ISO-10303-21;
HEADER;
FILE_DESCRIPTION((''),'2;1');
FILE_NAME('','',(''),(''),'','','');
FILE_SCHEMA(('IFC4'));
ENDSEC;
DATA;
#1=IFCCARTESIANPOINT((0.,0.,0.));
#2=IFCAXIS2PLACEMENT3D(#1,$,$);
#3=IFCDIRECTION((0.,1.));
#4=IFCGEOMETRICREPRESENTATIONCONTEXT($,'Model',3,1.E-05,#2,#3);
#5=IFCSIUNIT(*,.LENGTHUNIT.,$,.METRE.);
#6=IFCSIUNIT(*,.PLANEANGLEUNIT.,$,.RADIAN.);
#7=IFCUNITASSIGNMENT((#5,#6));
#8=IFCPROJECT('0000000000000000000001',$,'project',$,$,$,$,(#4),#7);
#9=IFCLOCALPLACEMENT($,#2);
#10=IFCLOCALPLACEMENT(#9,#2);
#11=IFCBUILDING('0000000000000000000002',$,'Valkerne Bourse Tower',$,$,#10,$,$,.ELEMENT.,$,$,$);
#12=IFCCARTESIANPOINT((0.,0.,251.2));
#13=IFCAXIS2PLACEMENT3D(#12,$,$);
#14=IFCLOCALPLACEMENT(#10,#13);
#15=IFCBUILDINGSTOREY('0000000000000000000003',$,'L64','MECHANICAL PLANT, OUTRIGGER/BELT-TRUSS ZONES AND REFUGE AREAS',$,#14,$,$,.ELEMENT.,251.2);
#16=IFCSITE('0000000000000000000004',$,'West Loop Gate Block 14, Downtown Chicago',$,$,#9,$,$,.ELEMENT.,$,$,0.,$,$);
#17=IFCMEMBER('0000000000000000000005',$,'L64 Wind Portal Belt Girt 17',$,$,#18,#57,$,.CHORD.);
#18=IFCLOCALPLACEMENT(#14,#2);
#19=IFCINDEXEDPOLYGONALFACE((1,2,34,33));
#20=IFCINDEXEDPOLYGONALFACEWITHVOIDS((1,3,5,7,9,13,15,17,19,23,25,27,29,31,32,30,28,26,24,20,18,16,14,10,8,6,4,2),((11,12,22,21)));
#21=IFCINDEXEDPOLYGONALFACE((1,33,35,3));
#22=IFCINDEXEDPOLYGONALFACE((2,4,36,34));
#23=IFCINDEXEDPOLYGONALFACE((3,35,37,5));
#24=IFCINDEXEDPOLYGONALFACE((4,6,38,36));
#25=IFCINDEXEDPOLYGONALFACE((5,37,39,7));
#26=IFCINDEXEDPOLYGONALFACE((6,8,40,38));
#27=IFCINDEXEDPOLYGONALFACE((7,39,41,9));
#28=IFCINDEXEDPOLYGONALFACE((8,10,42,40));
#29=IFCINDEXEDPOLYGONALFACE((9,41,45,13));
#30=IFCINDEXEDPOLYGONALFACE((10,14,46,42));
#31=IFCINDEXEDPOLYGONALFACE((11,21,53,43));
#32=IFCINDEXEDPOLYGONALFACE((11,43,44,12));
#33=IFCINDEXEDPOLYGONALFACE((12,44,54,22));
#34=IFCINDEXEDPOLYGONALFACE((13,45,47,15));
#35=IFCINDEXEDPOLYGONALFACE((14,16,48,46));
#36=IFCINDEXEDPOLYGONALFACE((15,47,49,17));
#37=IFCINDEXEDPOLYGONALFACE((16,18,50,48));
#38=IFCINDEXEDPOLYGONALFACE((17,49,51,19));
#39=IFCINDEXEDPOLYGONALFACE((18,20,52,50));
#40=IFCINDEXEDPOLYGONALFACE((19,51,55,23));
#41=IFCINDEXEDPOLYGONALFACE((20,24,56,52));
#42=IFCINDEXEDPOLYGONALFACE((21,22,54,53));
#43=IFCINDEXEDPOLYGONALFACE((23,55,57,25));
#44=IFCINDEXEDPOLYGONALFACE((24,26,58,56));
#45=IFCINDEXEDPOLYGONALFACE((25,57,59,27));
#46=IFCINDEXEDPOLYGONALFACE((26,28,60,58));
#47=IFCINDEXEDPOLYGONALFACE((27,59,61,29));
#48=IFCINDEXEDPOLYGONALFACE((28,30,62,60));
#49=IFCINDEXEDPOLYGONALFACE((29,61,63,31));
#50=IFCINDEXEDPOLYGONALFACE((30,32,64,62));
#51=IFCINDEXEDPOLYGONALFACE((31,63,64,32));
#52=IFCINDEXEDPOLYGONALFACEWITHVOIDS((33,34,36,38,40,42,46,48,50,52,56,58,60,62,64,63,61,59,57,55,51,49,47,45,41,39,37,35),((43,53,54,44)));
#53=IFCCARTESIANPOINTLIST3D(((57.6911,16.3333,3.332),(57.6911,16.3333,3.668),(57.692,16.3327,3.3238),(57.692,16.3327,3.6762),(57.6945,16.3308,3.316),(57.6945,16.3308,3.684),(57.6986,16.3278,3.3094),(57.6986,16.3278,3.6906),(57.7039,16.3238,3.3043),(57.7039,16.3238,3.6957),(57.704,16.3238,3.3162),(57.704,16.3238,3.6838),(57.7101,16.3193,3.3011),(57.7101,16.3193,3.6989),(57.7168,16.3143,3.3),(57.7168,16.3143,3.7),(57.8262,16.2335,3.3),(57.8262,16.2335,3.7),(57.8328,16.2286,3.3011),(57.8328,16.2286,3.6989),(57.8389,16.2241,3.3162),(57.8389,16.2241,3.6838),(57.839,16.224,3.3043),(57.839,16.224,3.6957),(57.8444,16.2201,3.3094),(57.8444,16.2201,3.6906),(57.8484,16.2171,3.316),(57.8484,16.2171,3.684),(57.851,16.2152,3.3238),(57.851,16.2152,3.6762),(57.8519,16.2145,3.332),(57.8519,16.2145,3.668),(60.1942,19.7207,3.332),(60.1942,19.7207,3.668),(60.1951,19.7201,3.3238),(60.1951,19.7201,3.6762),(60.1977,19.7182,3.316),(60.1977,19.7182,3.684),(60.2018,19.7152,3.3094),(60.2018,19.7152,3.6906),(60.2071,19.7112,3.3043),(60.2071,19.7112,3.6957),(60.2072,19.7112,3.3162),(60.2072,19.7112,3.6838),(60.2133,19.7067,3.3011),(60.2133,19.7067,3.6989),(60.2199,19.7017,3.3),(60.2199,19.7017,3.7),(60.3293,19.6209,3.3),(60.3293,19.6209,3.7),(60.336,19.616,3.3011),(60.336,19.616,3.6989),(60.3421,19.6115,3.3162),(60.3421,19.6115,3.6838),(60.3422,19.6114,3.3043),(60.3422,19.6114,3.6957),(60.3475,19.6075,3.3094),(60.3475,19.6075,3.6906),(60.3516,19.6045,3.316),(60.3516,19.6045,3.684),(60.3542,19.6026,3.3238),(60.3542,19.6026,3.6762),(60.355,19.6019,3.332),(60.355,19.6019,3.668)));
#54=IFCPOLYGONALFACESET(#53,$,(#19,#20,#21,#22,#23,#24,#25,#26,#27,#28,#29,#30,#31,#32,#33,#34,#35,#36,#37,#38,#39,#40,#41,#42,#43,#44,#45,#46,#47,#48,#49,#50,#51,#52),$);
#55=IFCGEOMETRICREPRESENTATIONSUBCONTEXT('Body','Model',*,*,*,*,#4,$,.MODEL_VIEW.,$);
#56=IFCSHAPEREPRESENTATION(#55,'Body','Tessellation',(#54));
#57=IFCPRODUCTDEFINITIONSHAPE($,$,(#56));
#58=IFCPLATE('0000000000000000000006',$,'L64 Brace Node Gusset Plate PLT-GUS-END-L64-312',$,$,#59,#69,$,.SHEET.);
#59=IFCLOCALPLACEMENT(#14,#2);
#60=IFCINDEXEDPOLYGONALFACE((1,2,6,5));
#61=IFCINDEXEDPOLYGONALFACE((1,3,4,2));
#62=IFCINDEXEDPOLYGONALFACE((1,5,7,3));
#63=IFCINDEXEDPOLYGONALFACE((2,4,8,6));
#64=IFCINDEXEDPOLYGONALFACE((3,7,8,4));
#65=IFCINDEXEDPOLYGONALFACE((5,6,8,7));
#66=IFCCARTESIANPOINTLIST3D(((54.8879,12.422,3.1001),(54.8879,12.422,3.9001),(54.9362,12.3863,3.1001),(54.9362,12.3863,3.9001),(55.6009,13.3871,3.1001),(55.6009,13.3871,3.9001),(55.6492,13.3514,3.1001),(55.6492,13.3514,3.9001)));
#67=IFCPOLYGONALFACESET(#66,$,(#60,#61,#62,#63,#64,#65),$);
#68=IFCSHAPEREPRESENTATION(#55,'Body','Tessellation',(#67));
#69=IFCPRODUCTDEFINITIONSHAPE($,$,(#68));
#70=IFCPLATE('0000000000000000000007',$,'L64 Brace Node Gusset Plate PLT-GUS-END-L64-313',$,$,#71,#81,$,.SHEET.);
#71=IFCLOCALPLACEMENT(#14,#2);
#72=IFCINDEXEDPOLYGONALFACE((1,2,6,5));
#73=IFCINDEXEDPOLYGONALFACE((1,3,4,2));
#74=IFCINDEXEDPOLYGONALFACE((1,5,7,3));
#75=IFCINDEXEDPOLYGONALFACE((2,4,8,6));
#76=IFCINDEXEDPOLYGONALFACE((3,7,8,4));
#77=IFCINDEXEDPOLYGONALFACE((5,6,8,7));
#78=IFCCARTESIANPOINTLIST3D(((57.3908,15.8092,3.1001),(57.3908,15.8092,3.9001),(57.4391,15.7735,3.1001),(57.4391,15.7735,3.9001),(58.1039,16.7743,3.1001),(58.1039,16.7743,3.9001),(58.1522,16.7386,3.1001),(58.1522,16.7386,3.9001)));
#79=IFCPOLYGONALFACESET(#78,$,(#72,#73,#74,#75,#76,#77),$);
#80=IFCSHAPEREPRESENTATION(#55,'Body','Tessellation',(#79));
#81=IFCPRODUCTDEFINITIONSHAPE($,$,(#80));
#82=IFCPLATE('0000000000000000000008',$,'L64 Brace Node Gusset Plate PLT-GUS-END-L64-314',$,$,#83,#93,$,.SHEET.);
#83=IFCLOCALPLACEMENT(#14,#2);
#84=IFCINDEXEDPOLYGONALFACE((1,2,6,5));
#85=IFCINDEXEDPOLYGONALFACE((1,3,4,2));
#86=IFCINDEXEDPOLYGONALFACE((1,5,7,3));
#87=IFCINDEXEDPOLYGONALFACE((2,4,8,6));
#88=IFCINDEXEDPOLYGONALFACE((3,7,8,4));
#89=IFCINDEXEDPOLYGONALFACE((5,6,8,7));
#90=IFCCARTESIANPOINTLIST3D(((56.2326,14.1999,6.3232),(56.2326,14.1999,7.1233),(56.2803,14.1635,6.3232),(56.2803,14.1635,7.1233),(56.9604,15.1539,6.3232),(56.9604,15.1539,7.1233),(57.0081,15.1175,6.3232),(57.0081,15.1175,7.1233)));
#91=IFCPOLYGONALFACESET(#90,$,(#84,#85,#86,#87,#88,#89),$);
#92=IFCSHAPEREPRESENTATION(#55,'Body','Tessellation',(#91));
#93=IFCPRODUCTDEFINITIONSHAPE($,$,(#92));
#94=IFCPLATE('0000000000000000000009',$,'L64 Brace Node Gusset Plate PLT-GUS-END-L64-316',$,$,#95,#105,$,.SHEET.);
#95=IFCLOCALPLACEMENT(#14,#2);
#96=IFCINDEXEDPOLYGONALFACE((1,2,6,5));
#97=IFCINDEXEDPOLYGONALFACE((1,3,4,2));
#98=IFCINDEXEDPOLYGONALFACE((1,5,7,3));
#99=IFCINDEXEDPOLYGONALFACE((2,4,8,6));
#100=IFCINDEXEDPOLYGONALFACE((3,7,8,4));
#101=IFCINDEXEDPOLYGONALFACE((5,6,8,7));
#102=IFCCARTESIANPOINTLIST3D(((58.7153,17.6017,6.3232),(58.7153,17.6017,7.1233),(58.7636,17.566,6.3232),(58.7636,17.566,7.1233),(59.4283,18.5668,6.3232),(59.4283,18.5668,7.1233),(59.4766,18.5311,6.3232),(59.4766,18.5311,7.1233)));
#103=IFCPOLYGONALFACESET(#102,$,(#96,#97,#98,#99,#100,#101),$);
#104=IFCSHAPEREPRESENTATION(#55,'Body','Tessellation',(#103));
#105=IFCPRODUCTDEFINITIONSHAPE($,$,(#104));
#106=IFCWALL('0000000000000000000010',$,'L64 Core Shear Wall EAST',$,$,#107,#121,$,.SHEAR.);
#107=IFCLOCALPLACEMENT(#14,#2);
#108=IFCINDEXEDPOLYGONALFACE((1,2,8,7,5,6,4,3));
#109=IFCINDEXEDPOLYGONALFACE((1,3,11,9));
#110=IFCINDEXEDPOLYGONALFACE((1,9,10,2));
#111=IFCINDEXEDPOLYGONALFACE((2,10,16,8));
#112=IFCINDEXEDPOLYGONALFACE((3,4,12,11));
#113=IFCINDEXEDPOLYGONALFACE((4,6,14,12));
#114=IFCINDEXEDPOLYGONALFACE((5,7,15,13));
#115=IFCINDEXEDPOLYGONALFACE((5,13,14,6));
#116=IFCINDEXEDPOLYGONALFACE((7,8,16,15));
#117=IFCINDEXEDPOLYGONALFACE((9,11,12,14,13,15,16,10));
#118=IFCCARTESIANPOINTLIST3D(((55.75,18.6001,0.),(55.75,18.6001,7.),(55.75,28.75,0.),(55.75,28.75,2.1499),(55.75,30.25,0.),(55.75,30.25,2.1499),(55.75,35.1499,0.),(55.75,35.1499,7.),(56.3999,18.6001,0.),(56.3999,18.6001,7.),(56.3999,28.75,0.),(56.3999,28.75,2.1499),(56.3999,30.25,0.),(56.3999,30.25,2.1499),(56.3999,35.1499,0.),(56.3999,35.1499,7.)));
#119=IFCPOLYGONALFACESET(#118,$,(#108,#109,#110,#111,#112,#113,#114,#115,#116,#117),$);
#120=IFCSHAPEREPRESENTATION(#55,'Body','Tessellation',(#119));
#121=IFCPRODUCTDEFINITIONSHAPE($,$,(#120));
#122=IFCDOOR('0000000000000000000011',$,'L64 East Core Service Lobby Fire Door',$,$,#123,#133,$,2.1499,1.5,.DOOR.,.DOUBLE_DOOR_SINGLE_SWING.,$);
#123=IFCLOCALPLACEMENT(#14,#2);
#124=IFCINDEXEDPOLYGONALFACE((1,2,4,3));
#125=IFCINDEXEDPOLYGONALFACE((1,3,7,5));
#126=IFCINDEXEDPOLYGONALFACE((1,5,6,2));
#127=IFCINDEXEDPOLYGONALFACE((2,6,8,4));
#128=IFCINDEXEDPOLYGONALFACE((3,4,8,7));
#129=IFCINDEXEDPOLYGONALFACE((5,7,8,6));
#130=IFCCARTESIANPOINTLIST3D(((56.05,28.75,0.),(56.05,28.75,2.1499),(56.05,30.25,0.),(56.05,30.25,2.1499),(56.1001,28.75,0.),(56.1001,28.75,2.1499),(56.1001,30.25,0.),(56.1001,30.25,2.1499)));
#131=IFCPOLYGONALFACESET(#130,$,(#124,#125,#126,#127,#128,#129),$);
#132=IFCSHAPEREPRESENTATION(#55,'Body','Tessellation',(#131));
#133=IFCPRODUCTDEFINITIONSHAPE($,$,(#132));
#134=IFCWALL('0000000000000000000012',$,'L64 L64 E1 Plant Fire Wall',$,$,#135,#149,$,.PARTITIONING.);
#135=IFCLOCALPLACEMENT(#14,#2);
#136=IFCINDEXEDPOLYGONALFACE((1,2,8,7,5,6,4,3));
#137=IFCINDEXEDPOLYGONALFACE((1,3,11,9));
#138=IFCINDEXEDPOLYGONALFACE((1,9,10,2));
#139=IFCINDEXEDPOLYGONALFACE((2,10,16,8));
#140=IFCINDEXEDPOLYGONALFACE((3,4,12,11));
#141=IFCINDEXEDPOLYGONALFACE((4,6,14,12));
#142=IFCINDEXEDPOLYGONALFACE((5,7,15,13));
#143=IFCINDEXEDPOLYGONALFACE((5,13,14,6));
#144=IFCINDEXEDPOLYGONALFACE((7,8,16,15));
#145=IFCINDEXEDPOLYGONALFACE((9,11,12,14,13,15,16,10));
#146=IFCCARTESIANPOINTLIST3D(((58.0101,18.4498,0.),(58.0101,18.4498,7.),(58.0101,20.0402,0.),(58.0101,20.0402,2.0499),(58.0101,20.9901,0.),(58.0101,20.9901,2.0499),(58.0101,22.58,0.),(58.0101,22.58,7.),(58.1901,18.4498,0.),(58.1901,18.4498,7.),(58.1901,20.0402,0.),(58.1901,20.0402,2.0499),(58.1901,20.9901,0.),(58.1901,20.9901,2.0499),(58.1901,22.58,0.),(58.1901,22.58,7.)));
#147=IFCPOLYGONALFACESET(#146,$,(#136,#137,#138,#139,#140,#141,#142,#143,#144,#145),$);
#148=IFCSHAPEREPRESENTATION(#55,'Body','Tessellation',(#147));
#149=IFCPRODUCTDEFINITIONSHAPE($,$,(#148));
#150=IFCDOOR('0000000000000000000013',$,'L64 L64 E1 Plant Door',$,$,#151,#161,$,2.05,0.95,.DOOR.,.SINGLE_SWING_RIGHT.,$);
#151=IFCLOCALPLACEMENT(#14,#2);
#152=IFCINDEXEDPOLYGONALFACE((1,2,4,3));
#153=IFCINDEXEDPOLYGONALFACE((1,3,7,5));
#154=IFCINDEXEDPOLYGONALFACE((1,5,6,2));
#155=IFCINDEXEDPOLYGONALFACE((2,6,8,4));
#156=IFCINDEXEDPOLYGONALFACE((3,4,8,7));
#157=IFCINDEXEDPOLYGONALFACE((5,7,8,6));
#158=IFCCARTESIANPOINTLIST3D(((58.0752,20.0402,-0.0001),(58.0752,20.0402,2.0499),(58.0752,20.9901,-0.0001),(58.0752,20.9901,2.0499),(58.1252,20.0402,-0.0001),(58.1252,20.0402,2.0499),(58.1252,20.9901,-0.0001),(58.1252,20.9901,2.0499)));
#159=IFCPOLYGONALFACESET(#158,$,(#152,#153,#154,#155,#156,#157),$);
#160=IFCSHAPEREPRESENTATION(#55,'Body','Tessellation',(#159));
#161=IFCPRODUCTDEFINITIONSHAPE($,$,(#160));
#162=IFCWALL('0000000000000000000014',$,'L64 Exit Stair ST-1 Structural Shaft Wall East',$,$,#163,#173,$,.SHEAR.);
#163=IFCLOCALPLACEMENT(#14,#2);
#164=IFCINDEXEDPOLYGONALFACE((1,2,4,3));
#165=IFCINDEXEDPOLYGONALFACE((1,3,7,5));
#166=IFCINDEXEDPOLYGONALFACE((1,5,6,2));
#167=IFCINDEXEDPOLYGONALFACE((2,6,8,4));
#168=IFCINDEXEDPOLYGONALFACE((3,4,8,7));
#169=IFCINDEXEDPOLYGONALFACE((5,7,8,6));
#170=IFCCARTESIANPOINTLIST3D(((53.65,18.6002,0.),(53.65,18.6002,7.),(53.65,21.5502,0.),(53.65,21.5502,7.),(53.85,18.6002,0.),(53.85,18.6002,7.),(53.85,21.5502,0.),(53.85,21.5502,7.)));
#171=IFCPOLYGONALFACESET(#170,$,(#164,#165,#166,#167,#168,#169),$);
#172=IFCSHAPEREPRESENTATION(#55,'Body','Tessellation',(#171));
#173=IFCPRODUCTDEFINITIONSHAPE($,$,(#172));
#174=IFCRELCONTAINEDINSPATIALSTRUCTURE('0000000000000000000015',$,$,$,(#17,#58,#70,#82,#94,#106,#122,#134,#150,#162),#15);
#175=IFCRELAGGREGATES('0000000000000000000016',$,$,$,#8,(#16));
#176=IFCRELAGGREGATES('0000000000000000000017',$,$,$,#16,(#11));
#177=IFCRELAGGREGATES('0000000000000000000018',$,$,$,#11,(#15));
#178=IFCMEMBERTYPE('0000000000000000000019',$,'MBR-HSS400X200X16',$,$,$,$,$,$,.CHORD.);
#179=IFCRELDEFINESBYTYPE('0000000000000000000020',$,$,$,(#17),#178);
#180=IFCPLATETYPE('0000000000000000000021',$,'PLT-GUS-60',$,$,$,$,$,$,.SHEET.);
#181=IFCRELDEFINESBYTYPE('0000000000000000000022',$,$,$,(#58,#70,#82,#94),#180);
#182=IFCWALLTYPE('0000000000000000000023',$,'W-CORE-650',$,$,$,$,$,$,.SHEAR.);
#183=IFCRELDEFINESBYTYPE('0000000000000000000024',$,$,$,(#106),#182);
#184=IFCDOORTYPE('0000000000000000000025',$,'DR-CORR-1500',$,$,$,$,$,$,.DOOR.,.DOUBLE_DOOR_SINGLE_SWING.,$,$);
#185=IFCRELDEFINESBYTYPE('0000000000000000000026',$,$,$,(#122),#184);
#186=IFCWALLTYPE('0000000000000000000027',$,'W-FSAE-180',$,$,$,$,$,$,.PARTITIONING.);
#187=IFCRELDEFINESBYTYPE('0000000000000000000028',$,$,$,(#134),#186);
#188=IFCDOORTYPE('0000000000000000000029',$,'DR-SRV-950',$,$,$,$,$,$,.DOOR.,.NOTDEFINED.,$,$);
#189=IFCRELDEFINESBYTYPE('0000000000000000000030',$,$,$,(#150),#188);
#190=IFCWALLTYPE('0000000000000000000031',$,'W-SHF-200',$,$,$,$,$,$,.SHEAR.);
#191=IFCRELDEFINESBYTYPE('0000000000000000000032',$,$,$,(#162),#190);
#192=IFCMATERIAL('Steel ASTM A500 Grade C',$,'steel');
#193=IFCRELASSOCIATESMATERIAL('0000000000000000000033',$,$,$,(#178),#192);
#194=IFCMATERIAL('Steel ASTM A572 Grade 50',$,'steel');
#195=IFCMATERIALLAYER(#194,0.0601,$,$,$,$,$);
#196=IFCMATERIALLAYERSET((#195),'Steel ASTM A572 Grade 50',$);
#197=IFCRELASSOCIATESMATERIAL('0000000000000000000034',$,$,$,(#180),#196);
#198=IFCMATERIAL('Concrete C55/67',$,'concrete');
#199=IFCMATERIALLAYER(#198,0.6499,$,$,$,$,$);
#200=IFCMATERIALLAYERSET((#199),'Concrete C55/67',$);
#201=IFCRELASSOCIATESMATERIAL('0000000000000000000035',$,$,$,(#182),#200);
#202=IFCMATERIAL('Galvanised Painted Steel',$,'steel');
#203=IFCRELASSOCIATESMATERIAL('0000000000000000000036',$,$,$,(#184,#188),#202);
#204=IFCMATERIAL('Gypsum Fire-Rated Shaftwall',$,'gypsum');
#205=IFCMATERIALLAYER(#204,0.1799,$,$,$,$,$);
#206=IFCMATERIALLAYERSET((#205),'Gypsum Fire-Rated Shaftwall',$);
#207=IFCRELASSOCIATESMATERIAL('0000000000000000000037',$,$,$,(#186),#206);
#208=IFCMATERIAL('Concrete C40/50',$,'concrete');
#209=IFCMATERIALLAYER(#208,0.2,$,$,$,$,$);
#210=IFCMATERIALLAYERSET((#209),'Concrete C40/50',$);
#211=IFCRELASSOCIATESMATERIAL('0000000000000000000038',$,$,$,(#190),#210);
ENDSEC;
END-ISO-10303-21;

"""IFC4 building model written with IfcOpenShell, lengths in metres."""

from ifc_helpers import new_model, si_unit, direction, frame, frame_2d, origin, origin_2d, place, context, subcontext, project, spatial, rectangle, hollow_rectangle, extrude, material, layer, layer_set, material_profile, profile_set, type_object, element, fill, save


model = new_model("IFC4")

# Units and contexts
model_context = context("Model", 3, precision=1e-05, world=origin(), true_north=direction((0.0, 1.0)))
body_context = subcontext(model_context, "Body", "Model", "MODEL_VIEW")
ifc_project = project(units=[si_unit("LENGTHUNIT", "METRE"), si_unit("PLANEANGLEUNIT", "RADIAN")], contexts=[model_context])

# Site, building, storey
site_placement = place(None, origin())
site = spatial("IfcSite", under=ifc_project, at=site_placement, Name="West Loop Gate Block 14, Downtown Chicago", CompositionType="ELEMENT", RefElevation=0.0)
building_placement = place(site_placement, origin())
building = spatial("IfcBuilding", under=site, at=building_placement, Name="Valkerne Bourse Tower", CompositionType="ELEMENT")
storey_placement = place(building_placement, frame((0.0, 0.0, 251.2)))
storey = spatial("IfcBuildingStorey", under=building, at=storey_placement, Name="L64", Description="MECHANICAL PLANT, OUTRIGGER/BELT-TRUSS ZONES AND REFUGE AREAS", CompositionType="ELEMENT", Elevation=251.2)

# Member
ifc_material_1 = material(Name="Steel ASTM A500 Grade C", Category="steel")
ifc_material_profile_1 = material_profile(ifc_material_1, hollow_rectangle(XDim=0.2, YDim=0.3999, WallThickness=0.0161, OuterFilletRadius=0.032, at=origin_2d()), Name="HSS400X200X16")
ifc_profile_set_1 = profile_set([ifc_material_profile_1], Name="Steel ASTM A500 Grade C")
member_type_1 = type_object("IfcMemberType", Name="MBR-HSS400X200X16", PredefinedType="CHORD", material=ifc_profile_set_1)
member_1_placement = place(storey_placement, frame((57.7715, 16.2739, 3.5), z_axis=(0.5943, 0.804244, 0.0), x_axis=(-0.804244, 0.5943, 0.0)))
element("IfcMember", 1, at=member_1_placement, inside=storey, type_object=member_type_1, Name="L64 Wind Portal Belt Girt 17", PredefinedType="CHORD", context=body_context, shape_type="SweptSolid", body=[
    extrude(hollow_rectangle(XDim=0.2, YDim=0.3999, WallThickness=0.0161, OuterFilletRadius=0.032, at=origin_2d()), origin(), (0.0, 0.0, 1.0), 4.2119),
])

# Plates
ifc_material_2 = material(Name="Steel ASTM A572 Grade 50", Category="steel")
ifc_layer_1 = layer(ifc_material_2, 0.0601)
ifc_layer_set_1 = layer_set([ifc_layer_1], Name="Steel ASTM A572 Grade 50")
plate_type = type_object("IfcPlateType", Name="PLT-GUS-60", PredefinedType="SHEET", material=ifc_layer_set_1)
for number, where, z_axis, x_axis, name in (
    (2, (55.2686, 12.8867, 3.1001), (0.0, 0.0, 1.0), (0.594261, 0.804272, 0.0), "L64 Brace Node Gusset Plate PLT-GUS-END-L64-312"),
    (3, (57.7715, 16.2739, 3.1001), (0.0, 0.0, 1.0), (0.594261, 0.804272, 0.0), "L64 Brace Node Gusset Plate PLT-GUS-END-L64-313"),
    (4, (56.6204, 14.6587, 6.3232), (0.0, 0.0, 1.0), (0.606544, 0.79505, 0.0), "L64 Brace Node Gusset Plate PLT-GUS-END-L64-314"),
    (5, (59.0959, 18.0664, 6.3232), (0.0, 0.0, 1.0), (0.594261, 0.804272, 0.0), "L64 Brace Node Gusset Plate PLT-GUS-END-L64-316"),
):
    element("IfcPlate", number, at=place(storey_placement, frame(where, z_axis=z_axis, x_axis=x_axis)), inside=storey, type_object=plate_type, Name=name, PredefinedType="SHEET", context=body_context, shape_type="SweptSolid", body=[
        extrude(rectangle(XDim=1.2, YDim=0.0601, at=origin_2d()), origin(), (0.0, 0.0, 1.0), 0.8),
    ])

# Walls, openings, doors
ifc_material_3 = material(Name="Concrete C55/67", Category="concrete")
ifc_layer_2 = layer(ifc_material_3, 0.6499)
ifc_layer_set_2 = layer_set([ifc_layer_2], Name="Concrete C55/67")
wall_type_1 = type_object("IfcWallType", Name="W-CORE-650", PredefinedType="SHEAR", material=ifc_layer_set_2)
wall_1_placement = place(storey_placement, frame((56.075, 18.6001, 0.0), z_axis=(0.0, 0.0, 1.0), x_axis=(0.0, 1.0, 0.0)))
wall_1 = element("IfcWall", 6, at=wall_1_placement, inside=storey, type_object=wall_type_1, Name="L64 Core Shear Wall EAST", PredefinedType="SHEAR", context=body_context, shape_type="SweptSolid", body=[
    extrude(rectangle(XDim=16.5498, YDim=0.6499, at=frame_2d((8.2749, 0.0))), origin(), (0.0, 0.0, 1.0), 7.0),
])
opening_1_placement = place(wall_1_placement, frame((10.1499, 0.0, 0.0)))
opening_1 = element("IfcOpeningElement", 7, at=opening_1_placement, cuts=wall_1, PredefinedType="OPENING", context=body_context, shape_type="SweptSolid", body=[
    extrude(rectangle(XDim=1.5, YDim=2.1499, at=frame_2d((0.75, 1.075))), frame((0.0, 0.335, 0.0), z_axis=(0.0, -1.0, 0.0), x_axis=(1.0, 0.0, 0.0)), (0.0, 0.0, 1.0), 0.6699),
])
ifc_material_4 = material(Name="Galvanised Painted Steel", Category="steel")
door_type_1 = type_object("IfcDoorType", Name="DR-CORR-1500", OperationType="DOUBLE_DOOR_SINGLE_SWING", PredefinedType="DOOR", material=ifc_material_4)
door_1_placement = place(opening_1_placement, origin())
door_1 = element("IfcDoor", 8, at=door_1_placement, inside=storey, type_object=door_type_1, Name="L64 East Core Service Lobby Fire Door", OperationType="DOUBLE_DOOR_SINGLE_SWING", OverallHeight=2.1499, OverallWidth=1.5, PredefinedType="DOOR", context=body_context, shape_type="SweptSolid", body=[
    extrude(rectangle(XDim=1.5, YDim=2.1499, at=frame_2d((0.75, 1.075))), frame((0.0, 0.0249, 0.0), z_axis=(0.0, -1.0, 0.0), x_axis=(1.0, 0.0, 0.0)), (0.0, 0.0, 1.0), 0.05),
])
fill(opening_1, door_1)
ifc_material_5 = material(Name="Gypsum Fire-Rated Shaftwall", Category="gypsum")
ifc_layer_3 = layer(ifc_material_5, 0.1799)
ifc_layer_set_3 = layer_set([ifc_layer_3], Name="Gypsum Fire-Rated Shaftwall")
wall_type_2 = type_object("IfcWallType", Name="W-FSAE-180", PredefinedType="PARTITIONING", material=ifc_layer_set_3)
wall_2_placement = place(storey_placement, frame((58.1001, 18.45, 0.0), z_axis=(0.0, 0.0, 1.0), x_axis=(0.0, 1.0, 0.0)))
wall_2 = element("IfcWall", 9, at=wall_2_placement, inside=storey, type_object=wall_type_2, Name="L64 L64 E1 Plant Fire Wall", PredefinedType="PARTITIONING", context=body_context, shape_type="SweptSolid", body=[
    extrude(rectangle(XDim=4.1301, YDim=0.1799, at=frame_2d((2.0649, 0.0))), origin(), (0.0, 0.0, 1.0), 7.0),
])
opening_2_placement = place(wall_2_placement, frame((1.5901, 0.0, 0.0)))
opening_2 = element("IfcOpeningElement", 10, at=opening_2_placement, cuts=wall_2, PredefinedType="OPENING", context=body_context, shape_type="SweptSolid", body=[
    extrude(rectangle(XDim=0.95, YDim=2.05, at=frame_2d((0.4751, 1.0249))), frame((0.0, 0.0999, 0.0), z_axis=(0.0, -1.0, 0.0), x_axis=(1.0, 0.0, 0.0)), (0.0, 0.0, 1.0), 0.2),
])
door_type_2 = type_object("IfcDoorType", Name="DR-SRV-950", OperationType="NOTDEFINED", PredefinedType="DOOR", material=ifc_material_4)
door_2_placement = place(opening_2_placement, origin())
door_2 = element("IfcDoor", 11, at=door_2_placement, inside=storey, type_object=door_type_2, Name="L64 L64 E1 Plant Door", OperationType="SINGLE_SWING_RIGHT", OverallHeight=2.05, OverallWidth=0.95, PredefinedType="DOOR", context=body_context, shape_type="SweptSolid", body=[
    extrude(rectangle(XDim=0.95, YDim=2.05, at=frame_2d((0.4751, 1.0249))), frame((0.0, 0.0249, 0.0), z_axis=(0.0, -1.0, 0.0), x_axis=(1.0, 0.0, 0.0)), (0.0, 0.0, 1.0), 0.05),
])
fill(opening_2, door_2)

# Wall
ifc_material_6 = material(Name="Concrete C40/50", Category="concrete")
ifc_layer_4 = layer(ifc_material_6, 0.2)
ifc_layer_set_4 = layer_set([ifc_layer_4], Name="Concrete C40/50")
wall_type_3 = type_object("IfcWallType", Name="W-SHF-200", PredefinedType="SHEAR", material=ifc_layer_set_4)
wall_3_placement = place(storey_placement, frame((53.75, 18.6001, 0.0), z_axis=(0.0, 0.0, 1.0), x_axis=(0.0, 1.0, 0.0)))
element("IfcWall", 12, at=wall_3_placement, inside=storey, type_object=wall_type_3, Name="L64 Exit Stair ST-1 Structural Shaft Wall East", PredefinedType="SHEAR", context=body_context, shape_type="SweptSolid", body=[
    extrude(rectangle(XDim=2.95, YDim=0.2, at=frame_2d((1.4751, 0.0))), origin(), (0.0, 0.0, 1.0), 7.0),
])

save(model, "model.ifc")
